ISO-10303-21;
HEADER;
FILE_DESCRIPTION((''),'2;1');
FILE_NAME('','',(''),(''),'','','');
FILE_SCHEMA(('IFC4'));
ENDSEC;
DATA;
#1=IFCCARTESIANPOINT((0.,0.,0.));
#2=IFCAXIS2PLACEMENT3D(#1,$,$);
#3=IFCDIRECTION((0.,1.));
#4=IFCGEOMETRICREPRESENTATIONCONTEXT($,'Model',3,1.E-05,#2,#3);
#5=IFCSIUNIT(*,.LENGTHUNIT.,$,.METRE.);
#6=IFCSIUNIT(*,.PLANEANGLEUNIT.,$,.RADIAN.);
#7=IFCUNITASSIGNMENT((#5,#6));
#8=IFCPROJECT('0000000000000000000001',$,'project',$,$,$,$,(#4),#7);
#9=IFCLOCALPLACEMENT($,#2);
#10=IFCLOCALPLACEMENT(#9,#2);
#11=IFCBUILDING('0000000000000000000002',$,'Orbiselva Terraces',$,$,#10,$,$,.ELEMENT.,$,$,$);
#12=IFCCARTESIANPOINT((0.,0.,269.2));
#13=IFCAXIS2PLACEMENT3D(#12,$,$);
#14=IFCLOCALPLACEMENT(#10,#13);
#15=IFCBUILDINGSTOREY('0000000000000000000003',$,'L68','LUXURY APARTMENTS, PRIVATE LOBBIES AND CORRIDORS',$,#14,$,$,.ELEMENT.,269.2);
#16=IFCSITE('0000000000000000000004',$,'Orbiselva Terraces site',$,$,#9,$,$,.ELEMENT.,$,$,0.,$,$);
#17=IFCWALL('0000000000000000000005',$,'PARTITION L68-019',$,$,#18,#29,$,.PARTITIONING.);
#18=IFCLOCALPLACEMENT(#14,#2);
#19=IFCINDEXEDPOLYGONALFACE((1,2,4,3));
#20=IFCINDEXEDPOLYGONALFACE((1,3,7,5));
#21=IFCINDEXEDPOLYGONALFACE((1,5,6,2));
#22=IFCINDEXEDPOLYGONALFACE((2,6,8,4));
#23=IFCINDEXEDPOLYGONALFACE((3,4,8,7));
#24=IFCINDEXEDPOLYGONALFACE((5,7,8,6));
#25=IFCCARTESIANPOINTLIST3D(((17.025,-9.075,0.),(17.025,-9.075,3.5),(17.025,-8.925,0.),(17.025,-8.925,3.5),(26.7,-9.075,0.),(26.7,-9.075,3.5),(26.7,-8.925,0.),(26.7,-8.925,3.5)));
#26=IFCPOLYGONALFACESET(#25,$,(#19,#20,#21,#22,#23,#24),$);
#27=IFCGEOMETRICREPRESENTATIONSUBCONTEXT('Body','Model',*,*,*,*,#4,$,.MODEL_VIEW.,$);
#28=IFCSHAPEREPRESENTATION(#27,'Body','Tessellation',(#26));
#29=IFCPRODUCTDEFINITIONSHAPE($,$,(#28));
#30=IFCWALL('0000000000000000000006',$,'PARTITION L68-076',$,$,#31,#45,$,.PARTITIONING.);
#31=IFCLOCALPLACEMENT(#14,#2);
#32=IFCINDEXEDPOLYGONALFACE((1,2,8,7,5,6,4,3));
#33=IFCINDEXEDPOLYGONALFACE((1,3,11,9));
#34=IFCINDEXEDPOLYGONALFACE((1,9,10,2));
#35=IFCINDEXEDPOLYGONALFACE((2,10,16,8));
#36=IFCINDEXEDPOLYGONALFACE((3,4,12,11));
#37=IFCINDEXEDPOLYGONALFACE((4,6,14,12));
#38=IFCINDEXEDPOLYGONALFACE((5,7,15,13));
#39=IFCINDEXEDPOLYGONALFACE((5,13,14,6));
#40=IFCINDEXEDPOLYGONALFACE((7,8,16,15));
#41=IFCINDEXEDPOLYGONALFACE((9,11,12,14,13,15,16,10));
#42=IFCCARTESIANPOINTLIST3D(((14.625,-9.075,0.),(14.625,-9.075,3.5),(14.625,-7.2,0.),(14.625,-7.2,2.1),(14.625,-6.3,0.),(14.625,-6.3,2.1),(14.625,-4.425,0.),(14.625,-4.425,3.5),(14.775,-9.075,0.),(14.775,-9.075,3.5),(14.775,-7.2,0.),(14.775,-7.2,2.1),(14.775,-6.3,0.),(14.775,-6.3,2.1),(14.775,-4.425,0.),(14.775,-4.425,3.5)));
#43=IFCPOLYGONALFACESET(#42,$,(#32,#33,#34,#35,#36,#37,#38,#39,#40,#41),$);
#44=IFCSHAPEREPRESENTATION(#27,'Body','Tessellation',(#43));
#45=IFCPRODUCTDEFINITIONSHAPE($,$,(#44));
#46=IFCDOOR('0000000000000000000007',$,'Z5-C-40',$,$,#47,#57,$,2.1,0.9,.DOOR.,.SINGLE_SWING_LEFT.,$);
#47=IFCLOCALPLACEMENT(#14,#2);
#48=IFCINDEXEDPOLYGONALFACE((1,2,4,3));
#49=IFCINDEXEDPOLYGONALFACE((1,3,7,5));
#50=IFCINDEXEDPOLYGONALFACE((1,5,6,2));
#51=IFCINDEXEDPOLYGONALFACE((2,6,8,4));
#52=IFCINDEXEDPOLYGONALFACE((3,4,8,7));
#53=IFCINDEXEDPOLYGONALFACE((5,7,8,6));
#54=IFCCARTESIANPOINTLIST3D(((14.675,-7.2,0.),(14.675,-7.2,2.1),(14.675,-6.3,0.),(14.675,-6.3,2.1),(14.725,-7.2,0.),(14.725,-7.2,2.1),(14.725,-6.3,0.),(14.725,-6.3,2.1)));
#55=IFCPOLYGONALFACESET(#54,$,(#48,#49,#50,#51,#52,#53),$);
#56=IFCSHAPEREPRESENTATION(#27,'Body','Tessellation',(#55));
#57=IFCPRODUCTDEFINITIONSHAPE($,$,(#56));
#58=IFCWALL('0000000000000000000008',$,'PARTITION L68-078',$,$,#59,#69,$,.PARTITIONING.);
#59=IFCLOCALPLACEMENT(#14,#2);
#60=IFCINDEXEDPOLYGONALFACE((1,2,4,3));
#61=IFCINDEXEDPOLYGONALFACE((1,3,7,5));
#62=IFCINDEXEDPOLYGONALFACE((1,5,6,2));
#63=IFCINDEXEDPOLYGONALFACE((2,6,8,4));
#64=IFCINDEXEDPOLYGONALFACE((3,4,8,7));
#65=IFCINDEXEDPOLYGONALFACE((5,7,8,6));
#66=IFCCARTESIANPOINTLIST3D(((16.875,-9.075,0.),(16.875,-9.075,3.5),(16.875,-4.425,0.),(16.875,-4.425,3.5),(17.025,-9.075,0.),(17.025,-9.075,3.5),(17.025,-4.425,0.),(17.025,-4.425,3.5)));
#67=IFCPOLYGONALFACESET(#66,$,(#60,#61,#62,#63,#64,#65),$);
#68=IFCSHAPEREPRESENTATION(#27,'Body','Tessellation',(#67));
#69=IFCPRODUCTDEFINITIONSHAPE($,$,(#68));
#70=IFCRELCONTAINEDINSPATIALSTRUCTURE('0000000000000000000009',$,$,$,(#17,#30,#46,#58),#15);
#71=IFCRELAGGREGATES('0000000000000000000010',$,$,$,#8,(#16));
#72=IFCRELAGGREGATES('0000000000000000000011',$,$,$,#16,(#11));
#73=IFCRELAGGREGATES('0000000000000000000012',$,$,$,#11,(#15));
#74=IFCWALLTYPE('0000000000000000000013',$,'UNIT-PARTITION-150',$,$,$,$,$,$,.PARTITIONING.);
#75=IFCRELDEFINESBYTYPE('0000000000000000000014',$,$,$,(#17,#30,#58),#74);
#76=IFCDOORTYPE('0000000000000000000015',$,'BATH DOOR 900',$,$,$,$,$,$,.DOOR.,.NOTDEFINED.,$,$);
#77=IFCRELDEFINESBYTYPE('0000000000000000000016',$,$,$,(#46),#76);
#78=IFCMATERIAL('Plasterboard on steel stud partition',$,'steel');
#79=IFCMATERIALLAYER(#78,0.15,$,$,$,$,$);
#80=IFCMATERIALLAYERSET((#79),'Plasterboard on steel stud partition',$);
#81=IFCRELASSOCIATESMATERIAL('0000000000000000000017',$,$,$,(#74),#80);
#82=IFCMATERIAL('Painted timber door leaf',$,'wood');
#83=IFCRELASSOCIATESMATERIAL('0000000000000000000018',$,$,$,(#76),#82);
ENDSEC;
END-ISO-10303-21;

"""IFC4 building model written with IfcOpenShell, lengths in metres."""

from ifc_helpers import new_model, si_unit, direction, frame, frame_2d, origin, place, context, subcontext, project, spatial, rectangle, extrude, material, layer, layer_set, type_object, element, fill, save


model = new_model("IFC4")

# Units and contexts
model_context = context("Model", 3, precision=1e-05, world=origin(), true_north=direction((0.0, 1.0)))
body_context = subcontext(model_context, "Body", "Model", "MODEL_VIEW")
ifc_project = project(units=[si_unit("LENGTHUNIT", "METRE"), si_unit("PLANEANGLEUNIT", "RADIAN")], contexts=[model_context])

# Site, building, storey
site_placement = place(None, origin())
site = spatial("IfcSite", under=ifc_project, at=site_placement, Name="Orbiselva Terraces site", CompositionType="ELEMENT", RefElevation=0.0)
building_placement = place(site_placement, origin())
building = spatial("IfcBuilding", under=site, at=building_placement, Name="Orbiselva Terraces", CompositionType="ELEMENT")
storey_placement = place(building_placement, frame((0.0, 0.0, 269.2)))
storey = spatial("IfcBuildingStorey", under=building, at=storey_placement, Name="L68", Description="LUXURY APARTMENTS, PRIVATE LOBBIES AND CORRIDORS", CompositionType="ELEMENT", Elevation=269.2)

# Shared definitions
ifc_material_1 = material(Name="Plasterboard on steel stud partition", Category="steel")
ifc_layer_1 = layer(ifc_material_1, 0.15)
ifc_layer_set_1 = layer_set([ifc_layer_1], Name="Plasterboard on steel stud partition")
wall_type_1 = type_object("IfcWallType", Name="UNIT-PARTITION-150", PredefinedType="PARTITIONING", material=ifc_layer_set_1)
ifc_material_2 = material(Name="Painted timber door leaf", Category="wood")

# Wall
wall_1_placement = place(storey_placement, frame((17.025, -9.0, 0.0), z_axis=(0.0, 0.0, 1.0), x_axis=(1.0, 0.0, 0.0)))
element("IfcWall", 1, at=wall_1_placement, inside=storey, type_object=wall_type_1, Name="PARTITION L68-019", PredefinedType="PARTITIONING", context=body_context, shape_type="SweptSolid", body=[
    extrude(rectangle(XDim=9.675, YDim=0.15, at=frame_2d((4.8375, 0.0))), origin(), (0.0, 0.0, 1.0), 3.5),
])

# Wall, opening, door
wall_2_placement = place(storey_placement, frame((14.7, -9.075, 0.0), z_axis=(0.0, 0.0, 1.0), x_axis=(0.0, 1.0, 0.0)))
wall_2 = element("IfcWall", 2, at=wall_2_placement, inside=storey, type_object=wall_type_1, Name="PARTITION L68-076", PredefinedType="PARTITIONING", context=body_context, shape_type="SweptSolid", body=[
    extrude(rectangle(XDim=4.65, YDim=0.15, at=frame_2d((2.325, 0.0))), origin(), (0.0, 0.0, 1.0), 3.5),
])
opening_1_placement = place(wall_2_placement, frame((1.875, 0.0, 0.0)))
opening_1 = element("IfcOpeningElement", 3, at=opening_1_placement, cuts=wall_2, PredefinedType="OPENING", context=body_context, shape_type="SweptSolid", body=[
    extrude(rectangle(XDim=0.9, YDim=2.1, at=frame_2d((0.45, 1.05))), frame((0.0, 0.085, 0.0), z_axis=(0.0, -1.0, 0.0), x_axis=(1.0, 0.0, 0.0)), (0.0, 0.0, 1.0), 0.17),
])
door_type_1 = type_object("IfcDoorType", Name="BATH DOOR 900", OperationType="NOTDEFINED", PredefinedType="DOOR", material=ifc_material_2)
door_1_placement = place(opening_1_placement, origin())
door_1 = element("IfcDoor", 4, at=door_1_placement, inside=storey, type_object=door_type_1, Name="Z5-C-40", OperationType="SINGLE_SWING_LEFT", OverallHeight=2.1, OverallWidth=0.9, PredefinedType="DOOR", context=body_context, shape_type="SweptSolid", body=[
    extrude(rectangle(XDim=0.9, YDim=2.1, at=frame_2d((0.45, 1.05))), frame((0.0, 0.025, 0.0), z_axis=(0.0, -1.0, 0.0), x_axis=(1.0, 0.0, 0.0)), (0.0, 0.0, 1.0), 0.05),
])
fill(opening_1, door_1)

# Wall
wall_3_placement = place(storey_placement, frame((16.95, -9.075, 0.0), z_axis=(0.0, 0.0, 1.0), x_axis=(0.0, 1.0, 0.0)))
element("IfcWall", 5, at=wall_3_placement, inside=storey, type_object=wall_type_1, Name="PARTITION L68-078", PredefinedType="PARTITIONING", context=body_context, shape_type="SweptSolid", body=[
    extrude(rectangle(XDim=4.65, YDim=0.15, at=frame_2d((2.325, 0.0))), origin(), (0.0, 0.0, 1.0), 3.5),
])

save(model, "model.ifc")
